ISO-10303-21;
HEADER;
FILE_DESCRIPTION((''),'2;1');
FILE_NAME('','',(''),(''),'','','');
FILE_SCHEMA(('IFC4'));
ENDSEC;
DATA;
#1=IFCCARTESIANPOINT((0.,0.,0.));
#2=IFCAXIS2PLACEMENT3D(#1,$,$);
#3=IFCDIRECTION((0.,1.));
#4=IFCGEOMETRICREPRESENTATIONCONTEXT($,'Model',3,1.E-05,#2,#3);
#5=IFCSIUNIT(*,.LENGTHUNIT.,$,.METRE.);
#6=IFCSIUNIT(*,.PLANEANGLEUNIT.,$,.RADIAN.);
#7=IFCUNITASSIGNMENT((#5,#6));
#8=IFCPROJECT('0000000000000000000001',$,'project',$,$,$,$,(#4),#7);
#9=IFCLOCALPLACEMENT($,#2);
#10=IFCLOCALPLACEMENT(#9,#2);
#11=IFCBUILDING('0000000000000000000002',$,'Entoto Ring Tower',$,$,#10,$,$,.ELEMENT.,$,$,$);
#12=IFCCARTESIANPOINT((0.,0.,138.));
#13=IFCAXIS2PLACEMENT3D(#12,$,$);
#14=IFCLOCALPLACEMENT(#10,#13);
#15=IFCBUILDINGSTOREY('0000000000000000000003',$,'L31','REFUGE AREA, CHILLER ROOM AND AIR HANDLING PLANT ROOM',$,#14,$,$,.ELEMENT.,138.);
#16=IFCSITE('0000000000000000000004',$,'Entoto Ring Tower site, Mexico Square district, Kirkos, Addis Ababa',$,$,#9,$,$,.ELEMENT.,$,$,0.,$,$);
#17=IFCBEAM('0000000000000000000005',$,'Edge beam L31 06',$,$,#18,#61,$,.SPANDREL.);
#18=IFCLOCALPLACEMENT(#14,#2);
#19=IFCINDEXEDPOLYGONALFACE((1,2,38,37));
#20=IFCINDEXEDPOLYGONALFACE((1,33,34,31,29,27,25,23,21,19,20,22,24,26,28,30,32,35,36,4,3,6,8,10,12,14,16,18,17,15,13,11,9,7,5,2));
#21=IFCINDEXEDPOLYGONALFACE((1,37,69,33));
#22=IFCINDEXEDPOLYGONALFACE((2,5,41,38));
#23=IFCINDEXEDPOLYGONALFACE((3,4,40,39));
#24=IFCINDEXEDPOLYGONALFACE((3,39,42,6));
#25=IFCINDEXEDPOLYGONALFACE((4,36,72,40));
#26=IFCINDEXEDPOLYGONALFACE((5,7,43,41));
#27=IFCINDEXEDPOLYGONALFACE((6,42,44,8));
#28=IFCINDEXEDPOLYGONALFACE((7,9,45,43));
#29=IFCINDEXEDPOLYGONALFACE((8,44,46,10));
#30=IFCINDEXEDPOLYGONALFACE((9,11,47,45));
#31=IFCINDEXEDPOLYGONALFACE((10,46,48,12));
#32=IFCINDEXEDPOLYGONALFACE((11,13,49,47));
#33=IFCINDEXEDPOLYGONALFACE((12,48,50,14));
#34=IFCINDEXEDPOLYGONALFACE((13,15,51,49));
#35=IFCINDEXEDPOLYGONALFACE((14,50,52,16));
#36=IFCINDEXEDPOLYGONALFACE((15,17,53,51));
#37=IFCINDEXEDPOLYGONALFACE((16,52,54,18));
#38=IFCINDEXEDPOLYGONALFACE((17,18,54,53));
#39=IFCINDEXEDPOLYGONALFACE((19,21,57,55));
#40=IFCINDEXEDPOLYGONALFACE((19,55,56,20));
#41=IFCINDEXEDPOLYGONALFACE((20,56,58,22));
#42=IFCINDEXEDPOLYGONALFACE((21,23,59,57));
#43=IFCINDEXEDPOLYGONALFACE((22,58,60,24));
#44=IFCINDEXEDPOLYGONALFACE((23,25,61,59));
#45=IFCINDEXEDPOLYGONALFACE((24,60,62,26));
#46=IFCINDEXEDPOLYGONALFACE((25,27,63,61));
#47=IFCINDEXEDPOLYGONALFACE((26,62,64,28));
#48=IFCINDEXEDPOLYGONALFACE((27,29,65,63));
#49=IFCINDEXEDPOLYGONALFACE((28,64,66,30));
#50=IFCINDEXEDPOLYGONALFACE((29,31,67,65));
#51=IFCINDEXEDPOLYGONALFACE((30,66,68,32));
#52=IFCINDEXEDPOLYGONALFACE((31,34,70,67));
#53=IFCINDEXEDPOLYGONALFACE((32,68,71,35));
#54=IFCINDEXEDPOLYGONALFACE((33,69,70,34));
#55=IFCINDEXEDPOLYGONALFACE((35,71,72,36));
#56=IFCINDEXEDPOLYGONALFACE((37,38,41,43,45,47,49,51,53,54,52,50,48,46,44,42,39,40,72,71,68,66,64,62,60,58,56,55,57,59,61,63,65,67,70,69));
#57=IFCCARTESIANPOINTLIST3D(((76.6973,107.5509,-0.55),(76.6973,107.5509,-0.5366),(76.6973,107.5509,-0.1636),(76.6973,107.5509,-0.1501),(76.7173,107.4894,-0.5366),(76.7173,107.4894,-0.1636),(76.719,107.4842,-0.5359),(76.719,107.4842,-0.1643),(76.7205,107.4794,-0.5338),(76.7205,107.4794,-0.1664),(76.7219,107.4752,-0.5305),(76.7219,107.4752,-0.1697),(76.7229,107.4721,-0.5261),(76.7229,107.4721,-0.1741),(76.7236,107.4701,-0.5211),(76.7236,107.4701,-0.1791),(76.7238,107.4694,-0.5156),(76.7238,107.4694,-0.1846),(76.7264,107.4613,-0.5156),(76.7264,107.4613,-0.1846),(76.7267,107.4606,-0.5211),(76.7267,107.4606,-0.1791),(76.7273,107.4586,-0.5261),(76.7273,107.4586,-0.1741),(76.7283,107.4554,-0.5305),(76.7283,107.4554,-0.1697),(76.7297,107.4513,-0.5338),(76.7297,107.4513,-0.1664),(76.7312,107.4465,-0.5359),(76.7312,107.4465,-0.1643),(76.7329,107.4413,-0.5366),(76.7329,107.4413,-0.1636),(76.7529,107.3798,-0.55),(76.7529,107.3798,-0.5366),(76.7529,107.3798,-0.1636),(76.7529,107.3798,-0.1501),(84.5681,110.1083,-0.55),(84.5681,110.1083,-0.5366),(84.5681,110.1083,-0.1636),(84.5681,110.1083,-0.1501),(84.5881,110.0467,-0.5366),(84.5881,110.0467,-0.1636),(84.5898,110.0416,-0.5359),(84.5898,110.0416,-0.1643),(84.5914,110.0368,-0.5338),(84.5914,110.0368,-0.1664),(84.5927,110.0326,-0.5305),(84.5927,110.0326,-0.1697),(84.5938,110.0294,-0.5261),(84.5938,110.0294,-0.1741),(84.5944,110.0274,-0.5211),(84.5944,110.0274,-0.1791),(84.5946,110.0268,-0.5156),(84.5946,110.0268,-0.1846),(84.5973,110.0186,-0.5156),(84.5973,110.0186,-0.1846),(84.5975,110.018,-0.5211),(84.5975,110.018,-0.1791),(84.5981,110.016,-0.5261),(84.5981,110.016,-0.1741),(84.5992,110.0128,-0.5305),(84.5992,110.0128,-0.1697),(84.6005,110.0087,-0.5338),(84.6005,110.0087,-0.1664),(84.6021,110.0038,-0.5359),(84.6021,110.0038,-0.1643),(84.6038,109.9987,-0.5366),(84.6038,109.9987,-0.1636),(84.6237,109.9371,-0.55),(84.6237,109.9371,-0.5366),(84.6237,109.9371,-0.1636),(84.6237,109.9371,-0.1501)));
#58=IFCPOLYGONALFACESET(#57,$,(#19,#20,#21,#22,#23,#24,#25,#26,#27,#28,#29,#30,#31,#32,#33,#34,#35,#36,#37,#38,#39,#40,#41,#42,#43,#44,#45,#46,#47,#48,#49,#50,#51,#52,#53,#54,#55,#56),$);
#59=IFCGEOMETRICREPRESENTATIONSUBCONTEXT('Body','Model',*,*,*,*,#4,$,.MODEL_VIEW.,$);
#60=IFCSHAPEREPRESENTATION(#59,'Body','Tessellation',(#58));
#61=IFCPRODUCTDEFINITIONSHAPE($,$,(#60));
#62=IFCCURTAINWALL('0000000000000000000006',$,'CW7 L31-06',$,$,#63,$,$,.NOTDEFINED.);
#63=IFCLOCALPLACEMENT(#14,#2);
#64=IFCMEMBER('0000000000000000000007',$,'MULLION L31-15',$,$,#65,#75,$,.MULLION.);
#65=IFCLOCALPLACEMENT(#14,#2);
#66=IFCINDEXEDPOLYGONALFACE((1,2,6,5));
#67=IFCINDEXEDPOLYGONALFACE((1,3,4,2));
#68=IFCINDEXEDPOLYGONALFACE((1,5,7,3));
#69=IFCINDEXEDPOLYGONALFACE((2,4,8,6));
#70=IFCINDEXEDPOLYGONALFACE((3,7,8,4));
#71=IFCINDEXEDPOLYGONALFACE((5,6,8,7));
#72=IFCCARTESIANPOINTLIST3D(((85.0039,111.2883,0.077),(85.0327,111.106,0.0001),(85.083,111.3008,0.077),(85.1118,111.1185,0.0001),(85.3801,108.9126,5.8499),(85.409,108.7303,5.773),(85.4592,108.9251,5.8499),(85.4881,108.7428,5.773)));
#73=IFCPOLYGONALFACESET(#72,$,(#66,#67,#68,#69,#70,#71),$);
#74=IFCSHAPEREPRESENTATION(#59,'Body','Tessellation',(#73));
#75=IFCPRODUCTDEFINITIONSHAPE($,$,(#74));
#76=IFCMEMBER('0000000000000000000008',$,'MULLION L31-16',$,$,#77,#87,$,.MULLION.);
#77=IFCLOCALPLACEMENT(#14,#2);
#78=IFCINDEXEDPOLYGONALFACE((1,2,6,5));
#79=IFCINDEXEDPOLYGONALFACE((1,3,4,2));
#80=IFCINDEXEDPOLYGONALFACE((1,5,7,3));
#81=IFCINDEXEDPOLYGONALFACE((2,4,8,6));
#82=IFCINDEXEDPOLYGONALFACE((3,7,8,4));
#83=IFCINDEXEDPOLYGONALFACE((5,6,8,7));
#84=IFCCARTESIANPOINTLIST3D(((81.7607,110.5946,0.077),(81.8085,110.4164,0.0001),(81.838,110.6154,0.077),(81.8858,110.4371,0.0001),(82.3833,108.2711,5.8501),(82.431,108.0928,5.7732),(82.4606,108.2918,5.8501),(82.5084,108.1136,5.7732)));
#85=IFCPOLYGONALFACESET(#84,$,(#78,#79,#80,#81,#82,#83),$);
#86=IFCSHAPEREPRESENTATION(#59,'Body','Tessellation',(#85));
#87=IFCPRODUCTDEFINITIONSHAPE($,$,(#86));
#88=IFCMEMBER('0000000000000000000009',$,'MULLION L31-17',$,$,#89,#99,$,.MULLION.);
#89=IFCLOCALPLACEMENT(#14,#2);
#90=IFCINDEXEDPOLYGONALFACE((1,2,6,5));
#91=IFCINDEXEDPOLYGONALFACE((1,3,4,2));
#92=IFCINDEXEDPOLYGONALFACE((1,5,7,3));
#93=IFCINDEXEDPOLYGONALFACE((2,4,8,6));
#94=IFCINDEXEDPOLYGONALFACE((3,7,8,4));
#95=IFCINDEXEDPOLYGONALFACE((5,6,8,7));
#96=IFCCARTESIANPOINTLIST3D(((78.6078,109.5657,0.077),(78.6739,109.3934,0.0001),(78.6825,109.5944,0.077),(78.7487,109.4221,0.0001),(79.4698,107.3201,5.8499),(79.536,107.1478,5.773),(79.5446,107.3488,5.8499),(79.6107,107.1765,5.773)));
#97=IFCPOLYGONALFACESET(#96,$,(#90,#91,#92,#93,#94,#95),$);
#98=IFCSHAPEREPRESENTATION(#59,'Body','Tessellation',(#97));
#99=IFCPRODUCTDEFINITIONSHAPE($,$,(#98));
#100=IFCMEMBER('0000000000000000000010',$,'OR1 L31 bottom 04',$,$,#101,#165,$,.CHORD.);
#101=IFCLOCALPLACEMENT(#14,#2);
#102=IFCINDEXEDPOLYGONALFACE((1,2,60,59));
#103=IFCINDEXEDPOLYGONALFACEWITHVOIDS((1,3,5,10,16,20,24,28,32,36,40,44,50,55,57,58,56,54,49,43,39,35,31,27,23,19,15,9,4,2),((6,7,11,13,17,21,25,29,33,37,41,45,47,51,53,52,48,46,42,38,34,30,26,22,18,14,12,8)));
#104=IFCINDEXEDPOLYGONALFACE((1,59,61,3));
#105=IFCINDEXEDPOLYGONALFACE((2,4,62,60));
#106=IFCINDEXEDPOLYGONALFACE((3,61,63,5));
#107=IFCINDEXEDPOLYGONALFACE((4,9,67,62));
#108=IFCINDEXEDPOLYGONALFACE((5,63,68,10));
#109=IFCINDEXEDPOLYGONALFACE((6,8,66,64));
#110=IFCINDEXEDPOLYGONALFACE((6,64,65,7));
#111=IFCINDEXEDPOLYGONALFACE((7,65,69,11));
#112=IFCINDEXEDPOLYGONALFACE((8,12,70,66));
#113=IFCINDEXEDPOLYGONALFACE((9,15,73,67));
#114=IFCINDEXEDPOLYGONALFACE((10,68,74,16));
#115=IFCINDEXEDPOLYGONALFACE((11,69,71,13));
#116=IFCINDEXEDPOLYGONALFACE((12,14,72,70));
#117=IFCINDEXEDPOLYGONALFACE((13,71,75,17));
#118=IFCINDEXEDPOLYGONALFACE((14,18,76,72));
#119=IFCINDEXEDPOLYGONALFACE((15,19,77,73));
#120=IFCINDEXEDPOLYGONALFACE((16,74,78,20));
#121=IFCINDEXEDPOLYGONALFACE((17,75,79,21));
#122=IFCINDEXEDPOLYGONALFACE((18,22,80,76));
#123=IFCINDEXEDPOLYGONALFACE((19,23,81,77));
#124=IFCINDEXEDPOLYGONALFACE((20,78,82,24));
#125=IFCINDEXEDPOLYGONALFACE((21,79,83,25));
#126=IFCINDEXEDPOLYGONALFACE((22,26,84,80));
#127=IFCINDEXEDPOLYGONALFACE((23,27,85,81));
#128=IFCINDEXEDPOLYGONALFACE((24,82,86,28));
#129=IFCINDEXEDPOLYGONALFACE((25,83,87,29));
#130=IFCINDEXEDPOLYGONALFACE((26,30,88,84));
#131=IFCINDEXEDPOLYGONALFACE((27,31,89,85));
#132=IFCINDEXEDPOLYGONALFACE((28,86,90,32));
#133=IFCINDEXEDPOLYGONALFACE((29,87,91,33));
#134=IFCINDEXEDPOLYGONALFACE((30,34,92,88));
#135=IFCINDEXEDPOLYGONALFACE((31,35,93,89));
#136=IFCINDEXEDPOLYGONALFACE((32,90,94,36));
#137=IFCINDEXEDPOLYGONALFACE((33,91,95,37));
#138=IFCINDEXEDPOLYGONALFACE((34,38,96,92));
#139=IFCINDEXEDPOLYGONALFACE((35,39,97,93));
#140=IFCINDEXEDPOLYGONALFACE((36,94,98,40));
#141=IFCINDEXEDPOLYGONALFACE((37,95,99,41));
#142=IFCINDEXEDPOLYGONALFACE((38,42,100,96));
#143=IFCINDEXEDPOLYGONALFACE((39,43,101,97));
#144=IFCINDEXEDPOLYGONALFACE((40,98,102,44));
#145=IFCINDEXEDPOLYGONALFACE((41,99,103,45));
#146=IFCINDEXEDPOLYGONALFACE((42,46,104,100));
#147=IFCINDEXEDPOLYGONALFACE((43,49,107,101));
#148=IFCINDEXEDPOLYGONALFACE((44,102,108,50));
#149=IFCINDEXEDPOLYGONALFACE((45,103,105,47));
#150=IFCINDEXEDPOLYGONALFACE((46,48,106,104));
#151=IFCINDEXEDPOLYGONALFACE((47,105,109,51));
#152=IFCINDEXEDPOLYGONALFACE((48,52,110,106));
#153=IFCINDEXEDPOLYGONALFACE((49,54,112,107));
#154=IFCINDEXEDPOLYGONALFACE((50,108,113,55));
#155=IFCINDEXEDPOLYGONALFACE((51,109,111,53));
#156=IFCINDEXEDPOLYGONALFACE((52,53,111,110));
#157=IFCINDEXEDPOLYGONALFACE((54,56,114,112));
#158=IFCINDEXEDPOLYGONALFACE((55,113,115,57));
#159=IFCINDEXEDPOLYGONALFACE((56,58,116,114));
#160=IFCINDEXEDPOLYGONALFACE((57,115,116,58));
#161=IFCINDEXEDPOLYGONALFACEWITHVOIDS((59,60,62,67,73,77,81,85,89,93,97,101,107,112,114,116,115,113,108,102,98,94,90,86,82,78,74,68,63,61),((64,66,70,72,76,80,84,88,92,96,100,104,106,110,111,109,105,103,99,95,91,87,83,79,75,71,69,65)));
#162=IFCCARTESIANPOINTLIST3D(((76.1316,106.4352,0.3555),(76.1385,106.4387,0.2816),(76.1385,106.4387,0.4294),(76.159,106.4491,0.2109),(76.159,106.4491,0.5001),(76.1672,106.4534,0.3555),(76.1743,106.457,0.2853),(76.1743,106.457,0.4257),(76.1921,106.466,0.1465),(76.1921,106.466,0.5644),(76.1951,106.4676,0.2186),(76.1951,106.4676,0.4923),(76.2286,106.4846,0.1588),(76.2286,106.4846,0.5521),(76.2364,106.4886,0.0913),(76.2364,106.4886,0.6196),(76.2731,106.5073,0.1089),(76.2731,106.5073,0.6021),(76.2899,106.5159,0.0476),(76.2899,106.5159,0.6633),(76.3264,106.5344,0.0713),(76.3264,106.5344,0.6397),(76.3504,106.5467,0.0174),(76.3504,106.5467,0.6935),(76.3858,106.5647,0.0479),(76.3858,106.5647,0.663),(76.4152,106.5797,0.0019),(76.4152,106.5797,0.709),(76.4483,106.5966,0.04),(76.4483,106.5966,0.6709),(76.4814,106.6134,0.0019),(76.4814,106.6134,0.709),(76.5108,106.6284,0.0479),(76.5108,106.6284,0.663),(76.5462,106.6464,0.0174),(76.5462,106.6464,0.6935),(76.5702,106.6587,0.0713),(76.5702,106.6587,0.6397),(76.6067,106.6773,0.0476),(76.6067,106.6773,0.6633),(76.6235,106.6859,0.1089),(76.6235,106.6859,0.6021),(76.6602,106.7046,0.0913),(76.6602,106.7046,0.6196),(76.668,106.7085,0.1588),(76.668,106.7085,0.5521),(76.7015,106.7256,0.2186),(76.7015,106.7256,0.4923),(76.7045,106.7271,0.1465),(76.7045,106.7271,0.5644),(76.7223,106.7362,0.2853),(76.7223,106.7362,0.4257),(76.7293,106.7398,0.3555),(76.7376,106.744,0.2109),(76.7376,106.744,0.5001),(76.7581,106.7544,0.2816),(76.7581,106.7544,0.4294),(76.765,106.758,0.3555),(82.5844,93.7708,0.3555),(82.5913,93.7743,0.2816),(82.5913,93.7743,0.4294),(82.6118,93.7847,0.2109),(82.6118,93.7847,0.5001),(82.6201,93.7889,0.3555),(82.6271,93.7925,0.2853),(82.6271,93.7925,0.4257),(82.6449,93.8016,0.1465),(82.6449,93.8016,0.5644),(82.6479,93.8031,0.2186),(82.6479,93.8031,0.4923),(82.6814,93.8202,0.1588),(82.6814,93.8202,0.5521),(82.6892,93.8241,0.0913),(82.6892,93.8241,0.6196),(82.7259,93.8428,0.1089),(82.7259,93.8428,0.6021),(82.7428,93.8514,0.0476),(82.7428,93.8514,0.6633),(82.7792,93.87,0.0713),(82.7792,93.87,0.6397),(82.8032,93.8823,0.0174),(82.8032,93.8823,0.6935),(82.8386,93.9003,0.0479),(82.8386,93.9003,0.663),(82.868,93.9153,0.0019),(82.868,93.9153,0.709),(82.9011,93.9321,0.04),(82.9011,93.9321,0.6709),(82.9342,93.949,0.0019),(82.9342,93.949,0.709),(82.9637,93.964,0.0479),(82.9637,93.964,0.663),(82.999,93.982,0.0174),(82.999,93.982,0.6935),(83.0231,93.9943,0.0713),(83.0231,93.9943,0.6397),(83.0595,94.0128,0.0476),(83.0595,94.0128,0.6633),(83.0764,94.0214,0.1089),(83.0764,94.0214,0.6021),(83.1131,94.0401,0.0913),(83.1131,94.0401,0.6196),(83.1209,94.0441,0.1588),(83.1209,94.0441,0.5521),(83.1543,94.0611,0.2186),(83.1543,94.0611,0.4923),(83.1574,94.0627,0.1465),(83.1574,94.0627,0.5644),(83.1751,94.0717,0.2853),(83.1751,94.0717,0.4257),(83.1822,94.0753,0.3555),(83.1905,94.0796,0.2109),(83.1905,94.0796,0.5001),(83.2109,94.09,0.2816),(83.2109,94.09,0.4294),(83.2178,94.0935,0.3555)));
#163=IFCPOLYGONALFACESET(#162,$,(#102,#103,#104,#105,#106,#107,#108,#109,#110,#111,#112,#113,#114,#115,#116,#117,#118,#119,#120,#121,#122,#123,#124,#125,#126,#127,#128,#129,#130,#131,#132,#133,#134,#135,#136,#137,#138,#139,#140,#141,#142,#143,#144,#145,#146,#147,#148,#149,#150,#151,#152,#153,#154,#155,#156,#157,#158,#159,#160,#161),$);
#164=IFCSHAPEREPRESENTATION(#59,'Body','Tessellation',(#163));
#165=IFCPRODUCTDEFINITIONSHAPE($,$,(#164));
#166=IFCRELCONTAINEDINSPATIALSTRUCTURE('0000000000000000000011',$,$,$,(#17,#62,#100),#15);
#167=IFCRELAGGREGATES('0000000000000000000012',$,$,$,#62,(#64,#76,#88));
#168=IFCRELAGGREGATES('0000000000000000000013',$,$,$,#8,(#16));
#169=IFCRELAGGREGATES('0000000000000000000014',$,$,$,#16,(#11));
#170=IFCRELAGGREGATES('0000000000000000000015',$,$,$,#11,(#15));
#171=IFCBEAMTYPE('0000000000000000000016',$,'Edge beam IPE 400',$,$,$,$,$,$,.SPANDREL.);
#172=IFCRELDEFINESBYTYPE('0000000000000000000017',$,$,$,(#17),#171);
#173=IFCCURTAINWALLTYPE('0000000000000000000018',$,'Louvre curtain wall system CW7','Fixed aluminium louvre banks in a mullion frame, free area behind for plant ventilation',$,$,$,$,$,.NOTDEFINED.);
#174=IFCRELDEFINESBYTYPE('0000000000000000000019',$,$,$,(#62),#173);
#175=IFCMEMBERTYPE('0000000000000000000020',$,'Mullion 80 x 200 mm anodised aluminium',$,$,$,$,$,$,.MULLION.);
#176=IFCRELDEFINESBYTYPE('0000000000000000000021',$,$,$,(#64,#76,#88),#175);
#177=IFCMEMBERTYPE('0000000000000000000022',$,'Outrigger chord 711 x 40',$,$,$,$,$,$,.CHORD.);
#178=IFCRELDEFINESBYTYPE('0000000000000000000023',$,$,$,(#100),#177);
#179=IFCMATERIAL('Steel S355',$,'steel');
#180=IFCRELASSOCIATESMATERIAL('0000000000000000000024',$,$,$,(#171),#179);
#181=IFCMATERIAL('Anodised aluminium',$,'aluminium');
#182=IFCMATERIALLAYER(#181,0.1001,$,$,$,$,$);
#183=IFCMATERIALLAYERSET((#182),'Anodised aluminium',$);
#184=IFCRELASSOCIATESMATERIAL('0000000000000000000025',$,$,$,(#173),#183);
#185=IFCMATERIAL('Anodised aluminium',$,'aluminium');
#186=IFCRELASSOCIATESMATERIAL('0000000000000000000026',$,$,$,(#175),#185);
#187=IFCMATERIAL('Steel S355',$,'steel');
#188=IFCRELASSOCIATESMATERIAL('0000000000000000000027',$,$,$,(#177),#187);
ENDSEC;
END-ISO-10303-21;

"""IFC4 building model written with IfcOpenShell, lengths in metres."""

from ifc_helpers import new_model, si_unit, direction, frame, origin, origin_2d, place, context, subcontext, project, spatial, rectangle, circle, hollow_circle, i_section, extrude, material, layer, layer_set, material_profile, profile_set, type_object, element, aggregate, save


model = new_model("IFC4")

# Units and contexts
model_context = context("Model", 3, precision=1e-05, world=origin(), true_north=direction((0.0, 1.0)))
body_context = subcontext(model_context, "Body", "Model", "MODEL_VIEW")
ifc_project = project(units=[si_unit("LENGTHUNIT", "METRE"), si_unit("PLANEANGLEUNIT", "RADIAN")], contexts=[model_context])

# Site, building, storey
site_placement = place(None, origin())
site = spatial("IfcSite", under=ifc_project, at=site_placement, Name="Entoto Ring Tower site, Mexico Square district, Kirkos, Addis Ababa", CompositionType="ELEMENT", RefElevation=0.0)
building_placement = place(site_placement, origin())
building = spatial("IfcBuilding", under=site, at=building_placement, Name="Entoto Ring Tower", CompositionType="ELEMENT")
storey_placement = place(building_placement, frame((0.0, 0.0, 138.0)))
storey = spatial("IfcBuildingStorey", under=building, at=storey_placement, Name="L31", Description="REFUGE AREA, CHILLER ROOM AND AIR HANDLING PLANT ROOM", CompositionType="ELEMENT", Elevation=138.0)

# Beam
ifc_material_1 = material(Name="Steel S355", Category="steel")
ifc_material_profile_1 = material_profile(ifc_material_1, i_section(OverallWidth=0.1799, OverallDepth=0.3999, WebThickness=0.0085, FlangeThickness=0.0134, FilletRadius=0.021, at=origin_2d()), Name="IPE 400")
ifc_profile_set_1 = profile_set([ifc_material_profile_1], Name="Steel S355")
beam_type_1 = type_object("IfcBeamType", Name="Edge beam IPE 400", PredefinedType="SPANDREL", material=ifc_profile_set_1)
beam_1_placement = place(storey_placement, frame((84.5959, 110.0227, -0.3501), z_axis=(-0.951057, -0.309015, 0.0), x_axis=(0.309015, -0.951057, 0.0)))
element("IfcBeam", 1, at=beam_1_placement, inside=storey, type_object=beam_type_1, Name="Edge beam L31 06", PredefinedType="SPANDREL", context=body_context, shape_type="SweptSolid", body=[
    extrude(i_section(OverallWidth=0.1799, OverallDepth=0.3999, WebThickness=0.0085, FlangeThickness=0.0134, FilletRadius=0.021, at=origin_2d()), origin(), (0.0, 0.0, 1.0), 8.2759),
])

# Curtain wall, members
ifc_material_2 = material(Name="Anodised aluminium", Category="aluminium")
ifc_layer_1 = layer(ifc_material_2, 0.1001)
ifc_layer_set_1 = layer_set([ifc_layer_1], Name="Anodised aluminium")
curtain_wall_type = type_object("IfcCurtainWallType", Name="Louvre curtain wall system CW7", Description="Fixed aluminium louvre banks in a mullion frame, free area behind for plant ventilation", PredefinedType="NOTDEFINED", material=ifc_layer_set_1)
curtain_wall_placement = place(storey_placement, origin())
curtain_wall = element("IfcCurtainWall", 2, at=curtain_wall_placement, inside=storey, type_object=curtain_wall_type, Name="CW7 L31-06", PredefinedType="NOTDEFINED")
ifc_material_3 = material(Name="Anodised aluminium", Category="aluminium")
ifc_material_profile_2 = material_profile(ifc_material_3, rectangle(XDim=0.0801, YDim=0.2, at=origin_2d()), Name="Mullion 80 x 200 mm anodised aluminium")
ifc_profile_set_2 = profile_set([ifc_material_profile_2], Name="Anodised aluminium")
member_type_1 = type_object("IfcMemberType", Name="Mullion 80 x 200 mm anodised aluminium", PredefinedType="MULLION", material=ifc_profile_set_2)
member_1_placement = place(storey_placement, frame((85.0579, 111.2034, 0.0386), z_axis=(0.060157, -0.379874, 0.92308), x_axis=(0.987692, 0.156411, 0.0)))
member_1 = element("IfcMember", 3, at=member_1_placement, type_object=member_type_1, Name="MULLION L31-15", PredefinedType="MULLION", context=body_context, shape_type="SweptSolid", body=[
    extrude(rectangle(XDim=0.0801, YDim=0.2, at=origin_2d()), origin(), (0.0, 0.0, 1.0), 6.2539),
])
member_2_placement = place(storey_placement, frame((81.8232, 110.5159, 0.0386), z_axis=(0.099545, -0.371517, 0.923074), x_axis=(0.965928, 0.258812, 0.0)))
member_2 = element("IfcMember", 4, at=member_2_placement, type_object=member_type_1, Name="MULLION L31-16", PredefinedType="MULLION", context=body_context, shape_type="SweptSolid", body=[
    extrude(rectangle(XDim=0.0801, YDim=0.2, at=origin_2d()), origin(), (0.0, 0.0, 1.0), 6.2542),
])
member_3_placement = place(storey_placement, frame((78.6782, 109.4939, 0.0386), z_axis=(0.137841, -0.359066, 0.923077), x_axis=(0.933573, 0.358387, 0.0)))
member_3 = element("IfcMember", 5, at=member_3_placement, type_object=member_type_1, Name="MULLION L31-17", PredefinedType="MULLION", context=body_context, shape_type="SweptSolid", body=[
    extrude(rectangle(XDim=0.0801, YDim=0.2, at=origin_2d()), origin(), (0.0, 0.0, 1.0), 6.2539),
])
aggregate(curtain_wall, [member_1, member_2, member_3])

# Member
ifc_material_4 = material(Name="Steel S355", Category="steel")
ifc_material_profile_3 = material_profile(ifc_material_4, hollow_circle(Radius=0.3555, WallThickness=0.04, at=origin_2d()), Name="CHS 711 x 40")
ifc_material_5 = material(Name="Concrete C60/75", Category="concrete")
ifc_material_profile_4 = material_profile(ifc_material_5, circle(Radius=0.3154, at=origin_2d()), Name="Concrete C60/75 infill")
ifc_profile_set_3 = profile_set([ifc_material_profile_3, ifc_material_profile_4], Name="Steel S355")
member_type_2 = type_object("IfcMemberType", Name="Outrigger chord 711 x 40", PredefinedType="CHORD", material=ifc_profile_set_3)
member_4_placement = place(storey_placement, frame((82.9011, 93.9321, 0.3555), z_axis=(-0.453989, 0.891007, 0.0), x_axis=(-0.891007, -0.453989, 0.0)))
element("IfcMember", 6, at=member_4_placement, inside=storey, type_object=member_type_2, Name="OR1 L31 bottom 04", PredefinedType="CHORD", context=body_context, shape_type="SweptSolid", body=[
    extrude(hollow_circle(Radius=0.3555, WallThickness=0.04, at=origin_2d()), origin(), (0.0, 0.0, 1.0), 14.2136),
])

save(model, "model.ifc")
